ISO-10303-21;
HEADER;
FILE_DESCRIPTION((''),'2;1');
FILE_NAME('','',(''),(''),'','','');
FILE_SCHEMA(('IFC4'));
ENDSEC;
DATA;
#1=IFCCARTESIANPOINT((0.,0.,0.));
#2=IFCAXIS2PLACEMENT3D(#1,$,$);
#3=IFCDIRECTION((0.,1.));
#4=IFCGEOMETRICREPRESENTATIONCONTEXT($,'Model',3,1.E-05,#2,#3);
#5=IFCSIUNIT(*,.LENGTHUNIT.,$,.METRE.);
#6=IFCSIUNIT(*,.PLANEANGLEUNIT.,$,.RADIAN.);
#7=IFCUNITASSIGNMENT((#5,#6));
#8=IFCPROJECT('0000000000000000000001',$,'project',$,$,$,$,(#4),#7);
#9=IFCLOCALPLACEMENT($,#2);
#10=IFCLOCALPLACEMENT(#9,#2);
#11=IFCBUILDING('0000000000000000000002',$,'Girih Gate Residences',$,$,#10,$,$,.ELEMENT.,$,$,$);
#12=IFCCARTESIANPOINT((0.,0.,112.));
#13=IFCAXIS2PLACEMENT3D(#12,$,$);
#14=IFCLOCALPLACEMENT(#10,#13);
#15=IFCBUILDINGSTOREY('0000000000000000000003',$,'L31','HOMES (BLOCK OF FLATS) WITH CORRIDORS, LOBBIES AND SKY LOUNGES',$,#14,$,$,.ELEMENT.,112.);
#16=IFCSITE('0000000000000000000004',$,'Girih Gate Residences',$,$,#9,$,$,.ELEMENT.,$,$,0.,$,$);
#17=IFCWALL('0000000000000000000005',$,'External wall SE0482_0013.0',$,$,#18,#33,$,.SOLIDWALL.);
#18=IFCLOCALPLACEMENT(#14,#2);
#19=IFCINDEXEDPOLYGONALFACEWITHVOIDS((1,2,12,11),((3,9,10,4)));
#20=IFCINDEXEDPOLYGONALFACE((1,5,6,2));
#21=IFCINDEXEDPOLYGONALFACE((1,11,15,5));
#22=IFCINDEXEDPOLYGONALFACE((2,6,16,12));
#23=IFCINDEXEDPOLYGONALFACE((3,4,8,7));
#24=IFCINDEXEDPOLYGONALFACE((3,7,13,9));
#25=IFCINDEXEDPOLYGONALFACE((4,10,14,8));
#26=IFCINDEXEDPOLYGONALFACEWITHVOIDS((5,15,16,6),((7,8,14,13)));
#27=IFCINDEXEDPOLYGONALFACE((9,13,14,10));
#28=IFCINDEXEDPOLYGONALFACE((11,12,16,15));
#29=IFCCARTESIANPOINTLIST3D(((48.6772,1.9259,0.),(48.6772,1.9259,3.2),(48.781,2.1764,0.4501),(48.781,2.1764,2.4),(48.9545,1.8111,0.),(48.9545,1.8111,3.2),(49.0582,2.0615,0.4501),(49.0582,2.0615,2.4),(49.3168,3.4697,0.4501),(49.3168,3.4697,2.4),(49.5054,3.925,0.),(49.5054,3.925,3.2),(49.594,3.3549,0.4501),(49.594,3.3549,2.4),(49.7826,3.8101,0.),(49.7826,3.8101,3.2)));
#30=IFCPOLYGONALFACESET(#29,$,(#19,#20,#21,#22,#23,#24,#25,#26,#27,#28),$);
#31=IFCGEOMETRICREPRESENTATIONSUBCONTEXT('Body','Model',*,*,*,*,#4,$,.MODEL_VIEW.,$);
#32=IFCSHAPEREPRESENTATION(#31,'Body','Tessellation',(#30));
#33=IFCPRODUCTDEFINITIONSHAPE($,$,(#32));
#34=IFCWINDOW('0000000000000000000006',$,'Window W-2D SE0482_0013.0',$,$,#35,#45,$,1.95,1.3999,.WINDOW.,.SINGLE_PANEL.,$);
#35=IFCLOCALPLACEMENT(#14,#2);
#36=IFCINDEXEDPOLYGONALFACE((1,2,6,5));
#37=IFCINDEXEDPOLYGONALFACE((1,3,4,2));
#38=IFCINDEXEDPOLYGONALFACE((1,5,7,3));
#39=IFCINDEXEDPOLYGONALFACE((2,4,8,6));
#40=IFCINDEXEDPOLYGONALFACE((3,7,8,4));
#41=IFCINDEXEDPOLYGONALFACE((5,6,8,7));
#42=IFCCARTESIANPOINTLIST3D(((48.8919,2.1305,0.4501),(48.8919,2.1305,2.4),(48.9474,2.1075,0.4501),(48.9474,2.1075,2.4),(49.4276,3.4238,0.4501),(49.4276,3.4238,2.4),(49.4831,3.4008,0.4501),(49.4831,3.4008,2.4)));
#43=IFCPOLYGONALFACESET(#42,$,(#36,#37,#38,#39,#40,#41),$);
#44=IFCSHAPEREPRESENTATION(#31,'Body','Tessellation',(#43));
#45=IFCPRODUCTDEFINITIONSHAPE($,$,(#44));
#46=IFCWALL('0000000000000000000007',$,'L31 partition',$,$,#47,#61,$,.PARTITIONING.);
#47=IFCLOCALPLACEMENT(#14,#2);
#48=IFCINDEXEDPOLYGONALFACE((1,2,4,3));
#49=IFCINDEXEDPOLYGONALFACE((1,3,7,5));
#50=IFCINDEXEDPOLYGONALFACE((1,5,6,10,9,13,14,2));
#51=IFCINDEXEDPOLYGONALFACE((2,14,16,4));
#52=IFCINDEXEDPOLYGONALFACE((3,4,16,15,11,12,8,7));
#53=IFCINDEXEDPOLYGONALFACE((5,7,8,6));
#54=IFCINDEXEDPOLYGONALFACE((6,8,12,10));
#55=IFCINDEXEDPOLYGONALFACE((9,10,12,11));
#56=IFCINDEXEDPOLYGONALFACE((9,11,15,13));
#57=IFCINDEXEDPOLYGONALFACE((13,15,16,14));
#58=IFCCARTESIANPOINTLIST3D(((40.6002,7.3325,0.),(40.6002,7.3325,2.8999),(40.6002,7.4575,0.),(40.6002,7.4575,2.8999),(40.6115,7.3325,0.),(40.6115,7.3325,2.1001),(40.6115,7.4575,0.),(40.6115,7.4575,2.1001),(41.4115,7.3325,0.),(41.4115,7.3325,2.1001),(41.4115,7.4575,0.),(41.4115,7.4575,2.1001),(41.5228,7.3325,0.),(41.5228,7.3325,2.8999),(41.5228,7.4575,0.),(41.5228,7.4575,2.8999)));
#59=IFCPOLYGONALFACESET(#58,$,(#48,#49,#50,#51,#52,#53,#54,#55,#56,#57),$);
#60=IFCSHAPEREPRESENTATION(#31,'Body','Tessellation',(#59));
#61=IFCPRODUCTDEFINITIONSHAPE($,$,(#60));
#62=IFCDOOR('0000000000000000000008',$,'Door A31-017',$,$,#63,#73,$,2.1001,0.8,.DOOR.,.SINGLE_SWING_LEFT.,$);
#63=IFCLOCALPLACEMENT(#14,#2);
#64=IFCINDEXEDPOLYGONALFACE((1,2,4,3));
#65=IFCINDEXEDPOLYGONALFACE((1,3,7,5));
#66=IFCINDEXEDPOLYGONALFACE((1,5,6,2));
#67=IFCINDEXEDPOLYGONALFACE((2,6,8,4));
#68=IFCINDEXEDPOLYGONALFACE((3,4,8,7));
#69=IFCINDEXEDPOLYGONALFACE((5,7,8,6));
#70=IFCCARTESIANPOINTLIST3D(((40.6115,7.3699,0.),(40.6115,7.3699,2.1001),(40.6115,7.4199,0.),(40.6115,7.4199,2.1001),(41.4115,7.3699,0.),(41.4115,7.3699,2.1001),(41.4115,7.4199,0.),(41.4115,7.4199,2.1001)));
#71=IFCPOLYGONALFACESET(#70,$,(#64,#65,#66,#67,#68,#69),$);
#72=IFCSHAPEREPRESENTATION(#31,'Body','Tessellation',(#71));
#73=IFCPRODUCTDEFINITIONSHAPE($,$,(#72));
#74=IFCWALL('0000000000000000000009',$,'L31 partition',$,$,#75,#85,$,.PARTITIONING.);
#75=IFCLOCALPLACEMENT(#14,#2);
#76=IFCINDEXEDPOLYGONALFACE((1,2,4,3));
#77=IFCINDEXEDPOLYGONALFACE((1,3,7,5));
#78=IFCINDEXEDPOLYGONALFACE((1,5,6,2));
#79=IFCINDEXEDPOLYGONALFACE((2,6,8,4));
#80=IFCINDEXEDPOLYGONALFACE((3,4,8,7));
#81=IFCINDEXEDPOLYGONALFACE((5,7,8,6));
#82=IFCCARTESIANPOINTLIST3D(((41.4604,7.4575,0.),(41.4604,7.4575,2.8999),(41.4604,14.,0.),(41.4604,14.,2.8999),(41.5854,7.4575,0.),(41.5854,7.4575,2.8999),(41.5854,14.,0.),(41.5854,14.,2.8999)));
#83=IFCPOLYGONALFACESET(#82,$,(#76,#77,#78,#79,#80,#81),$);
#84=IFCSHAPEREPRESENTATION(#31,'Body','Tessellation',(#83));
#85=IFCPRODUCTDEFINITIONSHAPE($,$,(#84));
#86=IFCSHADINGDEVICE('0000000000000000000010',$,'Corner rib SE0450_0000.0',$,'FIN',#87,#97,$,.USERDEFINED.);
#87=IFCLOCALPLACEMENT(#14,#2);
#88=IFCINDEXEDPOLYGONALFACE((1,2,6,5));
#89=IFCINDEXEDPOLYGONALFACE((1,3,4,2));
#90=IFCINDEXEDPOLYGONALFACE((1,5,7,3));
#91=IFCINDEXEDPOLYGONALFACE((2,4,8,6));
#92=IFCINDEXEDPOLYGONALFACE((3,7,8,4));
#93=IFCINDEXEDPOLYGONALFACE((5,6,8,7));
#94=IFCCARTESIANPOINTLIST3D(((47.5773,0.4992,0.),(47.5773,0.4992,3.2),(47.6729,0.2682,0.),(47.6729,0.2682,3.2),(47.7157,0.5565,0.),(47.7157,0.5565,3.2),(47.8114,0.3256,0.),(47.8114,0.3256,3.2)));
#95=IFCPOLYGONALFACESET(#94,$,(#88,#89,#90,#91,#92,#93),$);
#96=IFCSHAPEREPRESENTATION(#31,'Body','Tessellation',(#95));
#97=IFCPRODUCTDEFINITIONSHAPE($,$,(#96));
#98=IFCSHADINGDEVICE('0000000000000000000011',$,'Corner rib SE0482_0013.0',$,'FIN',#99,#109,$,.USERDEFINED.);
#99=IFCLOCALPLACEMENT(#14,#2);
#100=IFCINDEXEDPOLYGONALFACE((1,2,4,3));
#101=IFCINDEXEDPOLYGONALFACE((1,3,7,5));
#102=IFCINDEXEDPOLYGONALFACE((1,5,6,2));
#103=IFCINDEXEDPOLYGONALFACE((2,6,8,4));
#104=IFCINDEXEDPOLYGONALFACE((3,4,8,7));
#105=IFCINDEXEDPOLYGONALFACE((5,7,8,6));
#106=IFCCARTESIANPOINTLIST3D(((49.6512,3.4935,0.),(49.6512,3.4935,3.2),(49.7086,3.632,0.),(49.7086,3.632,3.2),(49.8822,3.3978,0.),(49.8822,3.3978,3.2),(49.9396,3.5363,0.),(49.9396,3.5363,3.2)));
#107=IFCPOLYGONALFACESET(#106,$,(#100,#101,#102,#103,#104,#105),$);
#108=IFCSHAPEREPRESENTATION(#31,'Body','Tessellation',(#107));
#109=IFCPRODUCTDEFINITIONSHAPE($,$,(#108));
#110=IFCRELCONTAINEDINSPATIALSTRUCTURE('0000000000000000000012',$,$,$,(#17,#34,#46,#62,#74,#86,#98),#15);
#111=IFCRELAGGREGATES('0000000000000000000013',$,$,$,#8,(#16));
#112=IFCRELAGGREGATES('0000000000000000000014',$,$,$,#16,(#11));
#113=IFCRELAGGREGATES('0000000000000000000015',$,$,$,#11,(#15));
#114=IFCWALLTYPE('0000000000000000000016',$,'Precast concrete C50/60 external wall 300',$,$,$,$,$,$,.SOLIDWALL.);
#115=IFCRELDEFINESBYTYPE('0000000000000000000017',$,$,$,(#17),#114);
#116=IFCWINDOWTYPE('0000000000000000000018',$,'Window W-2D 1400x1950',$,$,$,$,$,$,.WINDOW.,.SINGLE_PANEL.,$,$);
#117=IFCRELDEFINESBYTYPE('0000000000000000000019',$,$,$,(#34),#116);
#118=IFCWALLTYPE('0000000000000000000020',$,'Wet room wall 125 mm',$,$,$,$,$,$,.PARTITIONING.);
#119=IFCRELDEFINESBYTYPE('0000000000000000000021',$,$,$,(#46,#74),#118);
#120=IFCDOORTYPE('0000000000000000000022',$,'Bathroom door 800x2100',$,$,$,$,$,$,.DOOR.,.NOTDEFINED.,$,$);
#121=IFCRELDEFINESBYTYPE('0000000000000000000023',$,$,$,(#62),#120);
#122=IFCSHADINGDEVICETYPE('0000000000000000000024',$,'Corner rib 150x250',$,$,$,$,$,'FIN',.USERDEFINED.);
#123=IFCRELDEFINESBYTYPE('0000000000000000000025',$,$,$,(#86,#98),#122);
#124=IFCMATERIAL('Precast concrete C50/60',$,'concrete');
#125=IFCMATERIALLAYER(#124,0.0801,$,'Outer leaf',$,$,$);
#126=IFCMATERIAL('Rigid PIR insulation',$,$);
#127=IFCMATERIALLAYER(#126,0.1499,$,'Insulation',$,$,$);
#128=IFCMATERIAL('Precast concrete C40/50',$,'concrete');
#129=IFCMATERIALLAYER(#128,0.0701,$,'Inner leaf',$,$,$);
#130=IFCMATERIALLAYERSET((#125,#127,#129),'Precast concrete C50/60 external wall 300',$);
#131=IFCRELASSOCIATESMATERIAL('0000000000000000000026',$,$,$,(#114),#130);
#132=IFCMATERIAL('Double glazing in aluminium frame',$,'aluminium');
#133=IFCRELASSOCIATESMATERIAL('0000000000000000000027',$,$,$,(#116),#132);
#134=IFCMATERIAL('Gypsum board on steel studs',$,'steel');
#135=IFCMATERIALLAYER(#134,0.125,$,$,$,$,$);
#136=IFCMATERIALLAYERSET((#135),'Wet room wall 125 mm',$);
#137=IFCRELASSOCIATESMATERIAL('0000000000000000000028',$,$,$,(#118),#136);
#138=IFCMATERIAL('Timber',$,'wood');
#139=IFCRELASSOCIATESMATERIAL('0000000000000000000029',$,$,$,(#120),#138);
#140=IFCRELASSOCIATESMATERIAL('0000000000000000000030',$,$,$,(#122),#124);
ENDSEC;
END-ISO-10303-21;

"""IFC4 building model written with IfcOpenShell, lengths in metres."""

from ifc_helpers import new_model, si_unit, direction, frame, frame_2d, origin, origin_2d, place, context, subcontext, project, spatial, rectangle, extrude, material, layer, layer_set, type_object, element, fill, save


model = new_model("IFC4")

# Units and contexts
model_context = context("Model", 3, precision=1e-05, world=origin(), true_north=direction((0.0, 1.0)))
body_context = subcontext(model_context, "Body", "Model", "MODEL_VIEW")
ifc_project = project(units=[si_unit("LENGTHUNIT", "METRE"), si_unit("PLANEANGLEUNIT", "RADIAN")], contexts=[model_context])

# Site, building, storey
site_placement = place(None, origin())
site = spatial("IfcSite", under=ifc_project, at=site_placement, Name="Girih Gate Residences", CompositionType="ELEMENT", RefElevation=0.0)
building_placement = place(site_placement, origin())
building = spatial("IfcBuilding", under=site, at=building_placement, Name="Girih Gate Residences", CompositionType="ELEMENT")
storey_placement = place(building_placement, frame((0.0, 0.0, 112.0)))
storey = spatial("IfcBuildingStorey", under=building, at=storey_placement, Name="L31", Description="HOMES (BLOCK OF FLATS) WITH CORRIDORS, LOBBIES AND SKY LOUNGES", CompositionType="ELEMENT", Elevation=112.0)

# Shared definitions
ifc_material_1 = material(Name="Gypsum board on steel studs", Category="steel")
ifc_material_2 = material(Name="Timber", Category="wood")

# Wall, opening, window
ifc_material_3 = material(Name="Precast concrete C50/60", Category="concrete")
ifc_layer_1 = layer(ifc_material_3, 0.0801, Name="Outer leaf")
ifc_material_4 = material(Name="Rigid PIR insulation")
ifc_layer_2 = layer(ifc_material_4, 0.1499, Name="Insulation")
ifc_material_5 = material(Name="Precast concrete C40/50", Category="concrete")
ifc_layer_3 = layer(ifc_material_5, 0.0701, Name="Inner leaf")
ifc_layer_set_1 = layer_set([ifc_layer_1, ifc_layer_2, ifc_layer_3], Name="Precast concrete C50/60 external wall 300")
wall_type_1 = type_object("IfcWallType", Name="Precast concrete C50/60 external wall 300", PredefinedType="SOLIDWALL", material=ifc_layer_set_1)
ifc_material_6 = material(Name="Double glazing in aluminium frame", Category="aluminium")
window_type_1 = type_object("IfcWindowType", Name="Window W-2D 1400x1950", PartitioningType="SINGLE_PANEL", PredefinedType="WINDOW", material=ifc_material_6)
wall_1_placement = place(storey_placement, frame((49.644, 3.8677, 0.0), z_axis=(0.0, 0.0, 1.0), x_axis=(-0.382724, -0.923863, 0.0)))
wall_1 = element("IfcWall", 1, at=wall_1_placement, inside=storey, type_object=wall_type_1, Name="External wall SE0482_0013.0", PredefinedType="SOLIDWALL", context=body_context, shape_type="SweptSolid", body=[
    extrude(rectangle(XDim=2.1638, YDim=0.3, at=frame_2d((1.082, 0.0))), origin(), (0.0, 0.0, 1.0), 3.2),
])
opening_1_placement = place(wall_1_placement, frame((0.4929, 0.0, 0.45)))
opening_1 = element("IfcOpeningElement", 2, at=opening_1_placement, cuts=wall_1, PredefinedType="OPENING", context=body_context, shape_type="SweptSolid", body=[
    extrude(rectangle(XDim=1.3999, YDim=1.95, at=frame_2d((0.7, 0.9751))), frame((0.0, 0.1599, 0.0), z_axis=(0.0, -1.0, 0.0), x_axis=(1.0, 0.0, 0.0)), (0.0, 0.0, 1.0), 0.3201),
])
window_1_placement = place(opening_1_placement, origin())
window_1 = element("IfcWindow", 3, at=window_1_placement, inside=storey, type_object=window_type_1, Name="Window W-2D SE0482_0013.0", OverallHeight=1.95, OverallWidth=1.3999, PartitioningType="SINGLE_PANEL", PredefinedType="WINDOW", context=body_context, shape_type="SweptSolid", body=[
    extrude(rectangle(XDim=1.3999, YDim=1.95, at=frame_2d((0.7, 0.9751))), frame((0.0, 0.03, 0.0), z_axis=(0.0, -1.0, 0.0), x_axis=(1.0, 0.0, 0.0)), (0.0, 0.0, 1.0), 0.0601),
])
fill(opening_1, window_1)

# Wall, opening, door
ifc_layer_4 = layer(ifc_material_1, 0.125)
ifc_layer_set_2 = layer_set([ifc_layer_4], Name="Wet room wall 125 mm")
wall_type_2 = type_object("IfcWallType", Name="Wet room wall 125 mm", PredefinedType="PARTITIONING", material=ifc_layer_set_2)
wall_2_placement = place(storey_placement, frame((40.6001, 7.395, 0.0), z_axis=(0.0, 0.0, 1.0), x_axis=(1.0, 0.0, 0.0)))
wall_2 = element("IfcWall", 4, at=wall_2_placement, inside=storey, type_object=wall_type_2, Name="L31 partition", PredefinedType="PARTITIONING", context=body_context, shape_type="SweptSolid", body=[
    extrude(rectangle(XDim=0.9226, YDim=0.125, at=frame_2d((0.4614, 0.0))), origin(), (0.0, 0.0, 1.0), 2.8999),
])
opening_2_placement = place(wall_2_placement, frame((0.0115, 0.0, 0.0)))
opening_2 = element("IfcOpeningElement", 5, at=opening_2_placement, cuts=wall_2, PredefinedType="OPENING", context=body_context, shape_type="SweptSolid", body=[
    extrude(rectangle(XDim=0.8, YDim=2.1001, at=frame_2d((0.3999, 1.05))), frame((0.0, 0.0725, 0.0), z_axis=(0.0, -1.0, 0.0), x_axis=(1.0, 0.0, 0.0)), (0.0, 0.0, 1.0), 0.145),
])
door_type_1 = type_object("IfcDoorType", Name="Bathroom door 800x2100", OperationType="NOTDEFINED", PredefinedType="DOOR", material=ifc_material_2)
door_1_placement = place(opening_2_placement, origin())
door_1 = element("IfcDoor", 6, at=door_1_placement, inside=storey, type_object=door_type_1, Name="Door A31-017", OperationType="SINGLE_SWING_LEFT", OverallHeight=2.1001, OverallWidth=0.8, PredefinedType="DOOR", context=body_context, shape_type="SweptSolid", body=[
    extrude(rectangle(XDim=0.8, YDim=2.1001, at=frame_2d((0.3999, 1.05))), frame((0.0, 0.0249, 0.0), z_axis=(0.0, -1.0, 0.0), x_axis=(1.0, 0.0, 0.0)), (0.0, 0.0, 1.0), 0.05),
])
fill(opening_2, door_1)

# Wall
wall_3_placement = place(storey_placement, frame((41.5229, 7.4575, 0.0), z_axis=(0.0, 0.0, 1.0), x_axis=(0.0, 1.0, 0.0)))
element("IfcWall", 7, at=wall_3_placement, inside=storey, type_object=wall_type_2, Name="L31 partition", PredefinedType="PARTITIONING", context=body_context, shape_type="SweptSolid", body=[
    extrude(rectangle(XDim=6.5425, YDim=0.125, at=frame_2d((3.2712, 0.0))), origin(), (0.0, 0.0, 1.0), 2.8999),
])

# Shading devices
shading_device_type = type_object("IfcShadingDeviceType", Name="Corner rib 150x250", ElementType="FIN", PredefinedType="USERDEFINED", material=ifc_material_3)
for number, where, z_axis, x_axis, name in (
    (8, (47.6943, 0.4124, 0.0), (0.0, 0.0, 1.0), (0.92388, 0.382683, 0.0), "Corner rib SE0450_0000.0"),
    (9, (49.7954, 3.5149, 0.0), (0.0, 0.0, 1.0), (0.382683, 0.92388, 0.0), "Corner rib SE0482_0013.0"),
):
    element("IfcShadingDevice", number, at=place(storey_placement, frame(where, z_axis=z_axis, x_axis=x_axis)), inside=storey, type_object=shading_device_type, Name=name, ObjectType="FIN", PredefinedType="USERDEFINED", context=body_context, shape_type="SweptSolid", body=[
        extrude(rectangle(XDim=0.1499, YDim=0.25, at=origin_2d()), origin(), (0.0, 0.0, 1.0), 3.2),
    ])

save(model, "model.ifc")
